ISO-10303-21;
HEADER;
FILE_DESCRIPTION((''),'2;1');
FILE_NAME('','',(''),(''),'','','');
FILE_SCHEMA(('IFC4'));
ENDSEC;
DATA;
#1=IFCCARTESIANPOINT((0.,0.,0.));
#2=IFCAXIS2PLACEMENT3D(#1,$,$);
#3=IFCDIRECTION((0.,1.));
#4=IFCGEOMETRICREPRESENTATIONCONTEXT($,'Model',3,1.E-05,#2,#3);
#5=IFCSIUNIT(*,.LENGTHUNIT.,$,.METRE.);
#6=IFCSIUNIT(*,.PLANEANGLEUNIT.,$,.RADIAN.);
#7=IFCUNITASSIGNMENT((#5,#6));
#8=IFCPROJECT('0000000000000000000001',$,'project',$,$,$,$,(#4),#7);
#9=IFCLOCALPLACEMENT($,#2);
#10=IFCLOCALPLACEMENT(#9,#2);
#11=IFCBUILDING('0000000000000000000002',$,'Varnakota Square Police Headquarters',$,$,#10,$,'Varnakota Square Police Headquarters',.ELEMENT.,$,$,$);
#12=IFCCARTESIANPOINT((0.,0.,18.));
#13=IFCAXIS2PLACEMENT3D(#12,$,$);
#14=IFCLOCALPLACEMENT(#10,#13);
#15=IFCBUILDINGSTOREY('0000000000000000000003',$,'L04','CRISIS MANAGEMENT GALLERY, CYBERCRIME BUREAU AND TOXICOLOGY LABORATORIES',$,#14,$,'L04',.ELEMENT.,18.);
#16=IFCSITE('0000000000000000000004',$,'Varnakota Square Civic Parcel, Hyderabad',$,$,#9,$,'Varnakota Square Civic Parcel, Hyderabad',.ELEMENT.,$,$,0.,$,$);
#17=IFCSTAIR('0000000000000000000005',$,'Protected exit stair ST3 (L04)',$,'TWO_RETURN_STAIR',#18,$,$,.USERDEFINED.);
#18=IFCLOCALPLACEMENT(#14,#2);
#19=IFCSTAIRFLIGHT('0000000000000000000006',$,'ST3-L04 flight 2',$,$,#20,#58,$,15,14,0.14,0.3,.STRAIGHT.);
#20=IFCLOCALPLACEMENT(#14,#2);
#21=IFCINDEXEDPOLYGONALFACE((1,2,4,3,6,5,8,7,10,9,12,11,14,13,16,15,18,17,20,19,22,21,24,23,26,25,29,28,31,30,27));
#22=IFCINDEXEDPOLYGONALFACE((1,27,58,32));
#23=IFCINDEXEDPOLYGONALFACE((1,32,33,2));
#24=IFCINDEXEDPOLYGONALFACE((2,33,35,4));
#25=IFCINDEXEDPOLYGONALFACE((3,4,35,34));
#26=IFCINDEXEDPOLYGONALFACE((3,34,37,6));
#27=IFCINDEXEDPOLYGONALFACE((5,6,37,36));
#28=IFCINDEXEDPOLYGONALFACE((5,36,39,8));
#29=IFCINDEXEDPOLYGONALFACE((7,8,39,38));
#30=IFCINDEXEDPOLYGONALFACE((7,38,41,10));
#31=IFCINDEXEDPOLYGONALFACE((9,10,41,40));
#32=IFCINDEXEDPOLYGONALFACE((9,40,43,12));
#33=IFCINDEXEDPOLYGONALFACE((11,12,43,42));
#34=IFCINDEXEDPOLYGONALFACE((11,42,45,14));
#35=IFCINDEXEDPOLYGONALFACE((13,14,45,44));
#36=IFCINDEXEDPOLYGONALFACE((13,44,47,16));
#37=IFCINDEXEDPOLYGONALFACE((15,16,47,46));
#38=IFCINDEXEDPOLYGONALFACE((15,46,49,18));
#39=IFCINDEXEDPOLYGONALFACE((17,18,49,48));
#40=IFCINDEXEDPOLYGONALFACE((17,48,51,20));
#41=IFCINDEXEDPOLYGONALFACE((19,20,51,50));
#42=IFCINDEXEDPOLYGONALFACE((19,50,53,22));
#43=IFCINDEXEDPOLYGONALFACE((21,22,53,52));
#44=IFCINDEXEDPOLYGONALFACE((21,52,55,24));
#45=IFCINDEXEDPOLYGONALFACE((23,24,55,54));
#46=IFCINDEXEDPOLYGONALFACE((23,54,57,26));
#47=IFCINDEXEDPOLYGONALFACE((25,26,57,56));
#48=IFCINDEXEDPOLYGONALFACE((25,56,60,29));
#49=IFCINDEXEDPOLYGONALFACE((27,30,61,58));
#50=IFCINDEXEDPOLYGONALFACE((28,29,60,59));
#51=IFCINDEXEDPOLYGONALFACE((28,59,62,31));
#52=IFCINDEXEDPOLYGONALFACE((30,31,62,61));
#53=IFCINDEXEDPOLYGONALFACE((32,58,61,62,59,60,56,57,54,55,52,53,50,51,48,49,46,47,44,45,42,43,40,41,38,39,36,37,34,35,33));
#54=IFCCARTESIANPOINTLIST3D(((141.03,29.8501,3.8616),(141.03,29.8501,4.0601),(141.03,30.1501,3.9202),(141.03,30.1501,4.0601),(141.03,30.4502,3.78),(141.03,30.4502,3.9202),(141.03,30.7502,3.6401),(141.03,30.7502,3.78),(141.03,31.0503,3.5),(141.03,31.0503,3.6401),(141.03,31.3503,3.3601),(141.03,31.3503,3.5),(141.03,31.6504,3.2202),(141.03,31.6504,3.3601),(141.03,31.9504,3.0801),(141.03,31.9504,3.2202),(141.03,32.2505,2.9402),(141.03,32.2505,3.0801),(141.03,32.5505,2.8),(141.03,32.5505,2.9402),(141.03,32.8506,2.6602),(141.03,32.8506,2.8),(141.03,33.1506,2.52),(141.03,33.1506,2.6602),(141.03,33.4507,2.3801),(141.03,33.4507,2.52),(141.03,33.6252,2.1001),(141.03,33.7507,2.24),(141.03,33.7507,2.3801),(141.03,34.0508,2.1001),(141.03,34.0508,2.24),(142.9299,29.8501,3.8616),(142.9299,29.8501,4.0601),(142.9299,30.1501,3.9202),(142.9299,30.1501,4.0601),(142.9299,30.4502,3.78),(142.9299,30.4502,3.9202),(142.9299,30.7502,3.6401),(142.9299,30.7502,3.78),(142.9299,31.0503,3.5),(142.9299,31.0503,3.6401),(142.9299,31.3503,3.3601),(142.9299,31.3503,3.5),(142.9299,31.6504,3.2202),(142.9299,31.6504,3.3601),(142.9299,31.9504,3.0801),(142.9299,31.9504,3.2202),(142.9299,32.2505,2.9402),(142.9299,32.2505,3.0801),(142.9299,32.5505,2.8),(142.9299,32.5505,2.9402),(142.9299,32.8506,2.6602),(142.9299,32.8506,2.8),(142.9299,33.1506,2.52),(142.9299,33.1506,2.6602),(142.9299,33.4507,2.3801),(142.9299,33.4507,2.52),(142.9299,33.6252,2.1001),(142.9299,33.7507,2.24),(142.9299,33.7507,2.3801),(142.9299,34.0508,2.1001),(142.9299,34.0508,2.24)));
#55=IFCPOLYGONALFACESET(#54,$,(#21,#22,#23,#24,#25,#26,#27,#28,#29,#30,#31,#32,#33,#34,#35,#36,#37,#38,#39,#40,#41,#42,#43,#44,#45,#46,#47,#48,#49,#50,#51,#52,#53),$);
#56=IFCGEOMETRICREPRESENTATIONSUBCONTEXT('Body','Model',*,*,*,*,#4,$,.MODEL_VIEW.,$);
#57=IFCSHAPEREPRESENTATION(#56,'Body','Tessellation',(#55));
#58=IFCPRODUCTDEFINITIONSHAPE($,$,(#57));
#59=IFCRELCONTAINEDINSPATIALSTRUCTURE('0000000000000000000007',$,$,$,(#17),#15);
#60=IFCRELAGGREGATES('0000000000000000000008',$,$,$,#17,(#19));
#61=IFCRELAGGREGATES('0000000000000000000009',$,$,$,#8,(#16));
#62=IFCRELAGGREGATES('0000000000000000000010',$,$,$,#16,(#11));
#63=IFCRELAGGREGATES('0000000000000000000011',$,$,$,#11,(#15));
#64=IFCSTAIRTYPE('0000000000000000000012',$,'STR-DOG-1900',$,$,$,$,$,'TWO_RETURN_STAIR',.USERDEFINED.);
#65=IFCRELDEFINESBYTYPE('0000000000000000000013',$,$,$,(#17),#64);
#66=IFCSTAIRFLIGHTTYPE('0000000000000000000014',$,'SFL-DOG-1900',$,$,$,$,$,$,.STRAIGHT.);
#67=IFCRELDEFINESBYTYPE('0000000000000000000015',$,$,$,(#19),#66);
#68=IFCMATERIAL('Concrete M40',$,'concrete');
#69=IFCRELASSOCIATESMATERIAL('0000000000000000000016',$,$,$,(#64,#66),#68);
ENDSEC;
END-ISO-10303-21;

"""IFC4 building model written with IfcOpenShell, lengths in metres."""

from ifc_helpers import new_model, si_unit, direction, frame, origin, place, context, subcontext, project, spatial, polyline, outline, extrude, material, type_object, element, aggregate, save


model = new_model("IFC4")

# Units and contexts
model_context = context("Model", 3, precision=1e-05, world=origin(), true_north=direction((0.0, 1.0)))
body_context = subcontext(model_context, "Body", "Model", "MODEL_VIEW")
ifc_project = project(units=[si_unit("LENGTHUNIT", "METRE"), si_unit("PLANEANGLEUNIT", "RADIAN")], contexts=[model_context])

# Site, building, storey
site_placement = place(None, origin())
site = spatial("IfcSite", under=ifc_project, at=site_placement, Name="Varnakota Square Civic Parcel, Hyderabad", LongName="Varnakota Square Civic Parcel, Hyderabad", CompositionType="ELEMENT", RefElevation=0.0)
building_placement = place(site_placement, origin())
building = spatial("IfcBuilding", under=site, at=building_placement, Name="Varnakota Square Police Headquarters", LongName="Varnakota Square Police Headquarters", CompositionType="ELEMENT")
storey_placement = place(building_placement, frame((0.0, 0.0, 18.0)))
storey = spatial("IfcBuildingStorey", under=building, at=storey_placement, Name="L04", Description="CRISIS MANAGEMENT GALLERY, CYBERCRIME BUREAU AND TOXICOLOGY LABORATORIES", LongName="L04", CompositionType="ELEMENT", Elevation=18.0)

# Shared definitions
ifc_material_1 = material(Name="Concrete M40", Category="concrete")

# Stair, stair flight
stair_type = type_object("IfcStairType", Name="STR-DOG-1900", ElementType="TWO_RETURN_STAIR", PredefinedType="USERDEFINED", material=ifc_material_1)
stair_placement = place(storey_placement, origin())
stair = element("IfcStair", 1, at=stair_placement, inside=storey, type_object=stair_type, Name="Protected exit stair ST3 (L04)", ObjectType="TWO_RETURN_STAIR", PredefinedType="USERDEFINED")
stair_flight_type = type_object("IfcStairFlightType", Name="SFL-DOG-1900", PredefinedType="STRAIGHT", material=ifc_material_1)
stair_flight_placement = place(storey_placement, frame((141.98, 34.0508, 2.1001), z_axis=(0.0, 0.0, 1.0), x_axis=(0.0, -1.0, 0.0)))
stair_flight = element("IfcStairFlight", 2, at=stair_flight_placement, type_object=stair_flight_type, Name="ST3-L04 flight 2", NumberOfRisers=15, NumberOfTreads=14, PredefinedType="STRAIGHT", RiserHeight=0.14, TreadLength=0.3, context=body_context, shape_type="SweptSolid", body=[
    extrude(outline(polyline([(0.0, 0.0), (0.0, 0.1399), (0.3, 0.1399), (0.3, 0.28), (0.6001, 0.28), (0.6001, 0.4199), (0.9001, 0.4199), (0.9001, 0.5601), (1.2002, 0.5601), (1.2002, 0.7), (1.5002, 0.7), (1.5002, 0.8401), (1.8003, 0.8401), (1.8003, 0.98), (2.1003, 0.98), (2.1003, 1.1201), (2.4004, 1.1201), (2.4004, 1.26), (2.7004, 1.26), (2.7004, 1.3999), (3.0005, 1.3999), (3.0005, 1.54), (3.3005, 1.54), (3.3005, 1.6799), (3.6006, 1.6799), (3.6006, 1.8201), (3.9006, 1.8201), (3.9006, 1.96), (4.2007, 1.96), (4.2007, 2.1001), (4.2007, 1.7615), (0.4255, 0.0), (0.0, 0.0)])), frame((0.0, 0.95, 0.0), z_axis=(0.0, -1.0, 0.0), x_axis=(1.0, 0.0, 0.0)), (0.0, 0.0, 1.0), 1.8999),
])
aggregate(stair, [stair_flight])

save(model, "model.ifc")
